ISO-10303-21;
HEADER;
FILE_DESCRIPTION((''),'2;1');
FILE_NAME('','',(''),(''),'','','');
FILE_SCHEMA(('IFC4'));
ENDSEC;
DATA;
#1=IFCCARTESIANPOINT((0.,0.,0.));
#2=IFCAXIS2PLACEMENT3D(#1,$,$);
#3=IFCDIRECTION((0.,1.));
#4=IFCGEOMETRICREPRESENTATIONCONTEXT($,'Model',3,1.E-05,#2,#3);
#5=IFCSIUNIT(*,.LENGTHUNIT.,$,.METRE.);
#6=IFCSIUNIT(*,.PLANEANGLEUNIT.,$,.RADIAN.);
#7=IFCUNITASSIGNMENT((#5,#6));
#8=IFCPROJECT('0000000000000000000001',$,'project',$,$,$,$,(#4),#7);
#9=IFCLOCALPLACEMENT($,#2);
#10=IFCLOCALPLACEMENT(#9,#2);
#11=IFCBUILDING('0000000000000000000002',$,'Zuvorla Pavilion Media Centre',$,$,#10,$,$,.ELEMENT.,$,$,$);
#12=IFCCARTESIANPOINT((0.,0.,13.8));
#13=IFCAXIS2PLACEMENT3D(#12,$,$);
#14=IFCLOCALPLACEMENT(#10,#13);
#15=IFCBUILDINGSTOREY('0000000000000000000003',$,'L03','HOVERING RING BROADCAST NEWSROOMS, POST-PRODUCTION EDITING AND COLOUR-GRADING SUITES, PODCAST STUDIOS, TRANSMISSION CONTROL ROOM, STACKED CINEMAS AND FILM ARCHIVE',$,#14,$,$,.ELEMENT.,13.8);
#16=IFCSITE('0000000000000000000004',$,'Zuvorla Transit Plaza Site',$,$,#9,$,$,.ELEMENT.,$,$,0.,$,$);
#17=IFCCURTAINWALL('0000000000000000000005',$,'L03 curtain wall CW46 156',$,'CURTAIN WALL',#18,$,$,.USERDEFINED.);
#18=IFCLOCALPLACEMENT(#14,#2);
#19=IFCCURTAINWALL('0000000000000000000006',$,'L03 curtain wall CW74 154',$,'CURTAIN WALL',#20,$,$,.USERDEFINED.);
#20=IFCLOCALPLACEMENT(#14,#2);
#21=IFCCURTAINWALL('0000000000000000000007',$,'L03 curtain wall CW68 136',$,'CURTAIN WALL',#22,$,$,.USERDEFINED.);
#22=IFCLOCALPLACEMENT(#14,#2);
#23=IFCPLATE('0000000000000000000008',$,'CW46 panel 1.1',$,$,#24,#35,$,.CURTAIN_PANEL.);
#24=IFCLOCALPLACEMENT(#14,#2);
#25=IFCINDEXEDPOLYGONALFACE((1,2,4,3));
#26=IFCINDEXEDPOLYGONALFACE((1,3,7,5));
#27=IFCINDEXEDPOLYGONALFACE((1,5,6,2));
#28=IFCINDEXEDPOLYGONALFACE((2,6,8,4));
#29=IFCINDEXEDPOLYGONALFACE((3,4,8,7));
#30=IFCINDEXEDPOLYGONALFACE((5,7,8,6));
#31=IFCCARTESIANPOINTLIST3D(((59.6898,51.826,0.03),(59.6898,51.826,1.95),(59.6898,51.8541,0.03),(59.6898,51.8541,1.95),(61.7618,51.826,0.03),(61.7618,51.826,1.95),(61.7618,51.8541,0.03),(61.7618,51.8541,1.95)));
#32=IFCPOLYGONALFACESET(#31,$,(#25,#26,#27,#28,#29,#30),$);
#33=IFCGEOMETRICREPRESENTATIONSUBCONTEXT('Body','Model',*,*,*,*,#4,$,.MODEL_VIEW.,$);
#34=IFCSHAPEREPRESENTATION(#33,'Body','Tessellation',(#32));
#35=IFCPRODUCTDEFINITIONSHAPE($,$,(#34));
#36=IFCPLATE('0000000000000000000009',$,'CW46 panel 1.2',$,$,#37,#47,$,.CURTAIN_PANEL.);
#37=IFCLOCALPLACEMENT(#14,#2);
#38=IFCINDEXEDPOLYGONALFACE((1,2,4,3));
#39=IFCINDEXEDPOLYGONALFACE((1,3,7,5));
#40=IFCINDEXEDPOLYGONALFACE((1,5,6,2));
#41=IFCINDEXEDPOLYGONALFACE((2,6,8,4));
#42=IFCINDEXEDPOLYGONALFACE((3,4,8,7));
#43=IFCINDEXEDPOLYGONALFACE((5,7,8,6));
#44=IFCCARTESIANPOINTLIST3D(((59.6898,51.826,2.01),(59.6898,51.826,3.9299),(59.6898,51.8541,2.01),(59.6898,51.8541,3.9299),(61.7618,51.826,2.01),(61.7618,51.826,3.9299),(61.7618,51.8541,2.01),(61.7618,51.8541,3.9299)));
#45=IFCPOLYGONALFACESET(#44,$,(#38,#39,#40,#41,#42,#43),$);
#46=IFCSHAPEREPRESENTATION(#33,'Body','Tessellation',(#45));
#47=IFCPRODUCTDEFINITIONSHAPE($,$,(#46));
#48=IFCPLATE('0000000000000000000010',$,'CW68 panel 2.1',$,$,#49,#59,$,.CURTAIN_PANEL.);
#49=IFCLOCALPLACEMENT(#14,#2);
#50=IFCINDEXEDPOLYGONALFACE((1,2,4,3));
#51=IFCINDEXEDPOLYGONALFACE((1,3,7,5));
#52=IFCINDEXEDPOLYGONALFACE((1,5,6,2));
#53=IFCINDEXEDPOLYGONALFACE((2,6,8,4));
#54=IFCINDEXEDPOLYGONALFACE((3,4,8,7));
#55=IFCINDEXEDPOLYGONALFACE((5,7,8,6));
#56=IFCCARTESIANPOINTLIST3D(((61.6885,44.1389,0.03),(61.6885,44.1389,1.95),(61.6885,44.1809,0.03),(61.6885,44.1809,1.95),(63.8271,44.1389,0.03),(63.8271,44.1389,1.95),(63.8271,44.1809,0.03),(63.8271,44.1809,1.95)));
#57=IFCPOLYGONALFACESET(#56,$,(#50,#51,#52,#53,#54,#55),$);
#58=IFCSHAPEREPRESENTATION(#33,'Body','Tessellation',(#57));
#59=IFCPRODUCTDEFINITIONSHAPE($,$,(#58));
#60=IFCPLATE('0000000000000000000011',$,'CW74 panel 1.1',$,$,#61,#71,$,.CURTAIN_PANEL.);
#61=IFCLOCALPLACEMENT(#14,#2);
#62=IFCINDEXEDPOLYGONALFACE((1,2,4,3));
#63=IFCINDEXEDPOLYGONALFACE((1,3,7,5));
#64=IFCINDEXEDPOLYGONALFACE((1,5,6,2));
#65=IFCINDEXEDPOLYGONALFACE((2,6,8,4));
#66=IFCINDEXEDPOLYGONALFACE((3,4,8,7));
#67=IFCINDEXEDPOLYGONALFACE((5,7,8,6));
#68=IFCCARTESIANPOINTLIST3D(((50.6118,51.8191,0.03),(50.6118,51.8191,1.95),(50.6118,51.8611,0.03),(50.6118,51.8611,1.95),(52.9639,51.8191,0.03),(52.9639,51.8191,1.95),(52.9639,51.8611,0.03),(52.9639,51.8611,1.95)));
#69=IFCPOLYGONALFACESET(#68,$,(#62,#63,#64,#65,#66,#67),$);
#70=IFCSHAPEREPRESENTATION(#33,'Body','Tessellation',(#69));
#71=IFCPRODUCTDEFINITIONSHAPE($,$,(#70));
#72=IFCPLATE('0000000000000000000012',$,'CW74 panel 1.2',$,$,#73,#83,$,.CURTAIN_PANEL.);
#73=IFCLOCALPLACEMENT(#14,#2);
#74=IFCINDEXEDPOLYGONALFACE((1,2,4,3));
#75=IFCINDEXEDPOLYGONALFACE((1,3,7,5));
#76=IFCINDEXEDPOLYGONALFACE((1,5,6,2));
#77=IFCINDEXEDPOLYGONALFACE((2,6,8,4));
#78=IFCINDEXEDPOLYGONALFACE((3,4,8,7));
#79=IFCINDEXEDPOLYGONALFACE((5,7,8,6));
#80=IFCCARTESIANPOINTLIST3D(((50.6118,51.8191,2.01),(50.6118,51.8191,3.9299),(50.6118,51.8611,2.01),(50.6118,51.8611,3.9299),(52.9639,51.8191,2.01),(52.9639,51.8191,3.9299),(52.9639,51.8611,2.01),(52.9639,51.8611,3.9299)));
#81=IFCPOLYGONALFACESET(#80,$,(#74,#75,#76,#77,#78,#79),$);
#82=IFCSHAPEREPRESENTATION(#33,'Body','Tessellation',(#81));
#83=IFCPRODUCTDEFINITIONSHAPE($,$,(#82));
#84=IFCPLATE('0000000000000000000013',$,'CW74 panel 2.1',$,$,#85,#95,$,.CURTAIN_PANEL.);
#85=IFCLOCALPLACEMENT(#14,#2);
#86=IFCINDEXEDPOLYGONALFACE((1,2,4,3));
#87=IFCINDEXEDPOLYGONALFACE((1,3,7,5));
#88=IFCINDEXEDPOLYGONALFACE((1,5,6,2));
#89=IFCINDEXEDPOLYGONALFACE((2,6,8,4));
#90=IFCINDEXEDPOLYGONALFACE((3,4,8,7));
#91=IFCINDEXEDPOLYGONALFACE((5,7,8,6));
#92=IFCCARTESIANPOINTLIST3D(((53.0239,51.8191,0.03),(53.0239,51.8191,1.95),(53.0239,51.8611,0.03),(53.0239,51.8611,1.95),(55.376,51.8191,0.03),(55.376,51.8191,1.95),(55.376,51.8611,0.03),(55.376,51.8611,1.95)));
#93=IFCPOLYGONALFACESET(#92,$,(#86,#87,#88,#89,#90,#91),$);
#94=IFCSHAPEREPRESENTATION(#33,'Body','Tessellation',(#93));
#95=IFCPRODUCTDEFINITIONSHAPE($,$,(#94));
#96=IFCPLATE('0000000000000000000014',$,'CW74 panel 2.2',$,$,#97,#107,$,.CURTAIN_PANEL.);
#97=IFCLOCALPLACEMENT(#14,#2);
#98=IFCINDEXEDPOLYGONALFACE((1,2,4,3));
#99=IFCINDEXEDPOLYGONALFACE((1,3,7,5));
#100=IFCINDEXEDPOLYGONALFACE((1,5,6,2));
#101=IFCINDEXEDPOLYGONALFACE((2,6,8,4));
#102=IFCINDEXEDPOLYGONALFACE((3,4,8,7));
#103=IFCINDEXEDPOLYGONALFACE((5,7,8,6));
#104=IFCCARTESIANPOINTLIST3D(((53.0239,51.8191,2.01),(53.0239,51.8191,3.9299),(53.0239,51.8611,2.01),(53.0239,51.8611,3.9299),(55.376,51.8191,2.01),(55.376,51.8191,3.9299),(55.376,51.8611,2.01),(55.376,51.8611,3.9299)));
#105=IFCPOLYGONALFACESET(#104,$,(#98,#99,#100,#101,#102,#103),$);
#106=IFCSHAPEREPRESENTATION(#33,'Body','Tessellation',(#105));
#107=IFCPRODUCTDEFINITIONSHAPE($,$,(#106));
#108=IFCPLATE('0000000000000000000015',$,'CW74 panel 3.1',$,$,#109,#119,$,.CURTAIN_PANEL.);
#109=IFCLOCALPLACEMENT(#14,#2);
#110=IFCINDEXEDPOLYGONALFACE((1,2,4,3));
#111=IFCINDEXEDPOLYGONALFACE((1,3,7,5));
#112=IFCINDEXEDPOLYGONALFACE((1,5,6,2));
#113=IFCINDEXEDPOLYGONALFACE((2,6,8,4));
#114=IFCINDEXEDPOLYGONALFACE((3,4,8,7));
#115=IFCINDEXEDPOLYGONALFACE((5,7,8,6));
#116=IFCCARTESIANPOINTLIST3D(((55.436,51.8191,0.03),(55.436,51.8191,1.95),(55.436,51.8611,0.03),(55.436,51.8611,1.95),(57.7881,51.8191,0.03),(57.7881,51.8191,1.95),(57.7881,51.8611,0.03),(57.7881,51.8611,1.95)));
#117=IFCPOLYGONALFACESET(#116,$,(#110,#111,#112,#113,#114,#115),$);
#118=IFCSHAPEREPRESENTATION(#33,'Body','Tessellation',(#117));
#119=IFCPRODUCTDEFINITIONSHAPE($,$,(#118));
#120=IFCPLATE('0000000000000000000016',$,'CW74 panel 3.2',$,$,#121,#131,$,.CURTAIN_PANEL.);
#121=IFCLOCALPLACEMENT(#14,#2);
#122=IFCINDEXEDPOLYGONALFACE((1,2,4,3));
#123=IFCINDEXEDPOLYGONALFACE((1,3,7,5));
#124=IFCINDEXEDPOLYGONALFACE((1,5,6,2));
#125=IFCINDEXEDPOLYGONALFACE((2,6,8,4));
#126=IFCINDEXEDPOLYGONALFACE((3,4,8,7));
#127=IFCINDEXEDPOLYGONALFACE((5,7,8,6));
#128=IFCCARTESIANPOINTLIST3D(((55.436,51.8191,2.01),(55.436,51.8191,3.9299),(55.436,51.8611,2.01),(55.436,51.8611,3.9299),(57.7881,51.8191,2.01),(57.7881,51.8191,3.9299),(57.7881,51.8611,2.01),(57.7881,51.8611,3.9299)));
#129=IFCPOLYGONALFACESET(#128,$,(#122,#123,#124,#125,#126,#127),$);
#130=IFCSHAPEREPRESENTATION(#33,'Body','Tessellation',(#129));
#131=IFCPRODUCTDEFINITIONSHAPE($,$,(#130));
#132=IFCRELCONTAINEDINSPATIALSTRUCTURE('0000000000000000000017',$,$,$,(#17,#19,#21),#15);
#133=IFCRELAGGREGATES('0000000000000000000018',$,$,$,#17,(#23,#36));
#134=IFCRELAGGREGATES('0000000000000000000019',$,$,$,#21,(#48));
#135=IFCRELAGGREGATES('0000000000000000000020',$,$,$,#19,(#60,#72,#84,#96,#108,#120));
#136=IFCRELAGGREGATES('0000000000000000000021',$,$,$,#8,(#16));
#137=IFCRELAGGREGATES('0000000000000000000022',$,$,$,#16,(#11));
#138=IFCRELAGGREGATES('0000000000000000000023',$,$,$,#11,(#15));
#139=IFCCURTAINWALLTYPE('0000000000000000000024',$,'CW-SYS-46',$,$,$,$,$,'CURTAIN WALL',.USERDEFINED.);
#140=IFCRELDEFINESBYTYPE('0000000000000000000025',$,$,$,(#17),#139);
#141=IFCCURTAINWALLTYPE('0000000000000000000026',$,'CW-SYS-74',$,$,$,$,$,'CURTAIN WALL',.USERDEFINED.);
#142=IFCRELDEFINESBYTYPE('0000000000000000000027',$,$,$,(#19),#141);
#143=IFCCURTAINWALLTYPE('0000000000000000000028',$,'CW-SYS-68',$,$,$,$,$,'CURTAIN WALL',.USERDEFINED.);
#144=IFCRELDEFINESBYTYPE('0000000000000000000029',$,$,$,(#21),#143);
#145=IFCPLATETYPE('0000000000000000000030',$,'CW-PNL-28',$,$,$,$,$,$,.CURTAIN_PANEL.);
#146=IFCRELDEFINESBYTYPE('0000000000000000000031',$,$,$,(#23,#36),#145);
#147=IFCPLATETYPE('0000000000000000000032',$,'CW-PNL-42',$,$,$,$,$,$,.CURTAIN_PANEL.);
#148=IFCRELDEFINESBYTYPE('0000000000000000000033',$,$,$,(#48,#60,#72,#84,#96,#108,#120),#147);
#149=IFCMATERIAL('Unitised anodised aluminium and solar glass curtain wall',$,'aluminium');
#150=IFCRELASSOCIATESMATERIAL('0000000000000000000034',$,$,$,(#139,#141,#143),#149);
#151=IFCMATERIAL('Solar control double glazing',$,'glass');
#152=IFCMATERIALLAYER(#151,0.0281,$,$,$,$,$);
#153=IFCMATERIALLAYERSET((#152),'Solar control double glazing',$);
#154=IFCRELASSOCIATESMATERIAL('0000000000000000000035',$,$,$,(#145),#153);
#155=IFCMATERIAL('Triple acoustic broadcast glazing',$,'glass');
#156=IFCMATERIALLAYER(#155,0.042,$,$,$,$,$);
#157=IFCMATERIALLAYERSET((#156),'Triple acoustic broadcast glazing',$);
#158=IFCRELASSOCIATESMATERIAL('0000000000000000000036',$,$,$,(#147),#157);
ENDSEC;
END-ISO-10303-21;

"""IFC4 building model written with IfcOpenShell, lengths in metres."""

from ifc_helpers import new_model, si_unit, direction, frame, origin, origin_2d, place, context, subcontext, project, spatial, rectangle, extrude, material, layer, layer_set, type_object, element, aggregate, save


model = new_model("IFC4")

# Units and contexts
model_context = context("Model", 3, precision=1e-05, world=origin(), true_north=direction((0.0, 1.0)))
body_context = subcontext(model_context, "Body", "Model", "MODEL_VIEW")
ifc_project = project(units=[si_unit("LENGTHUNIT", "METRE"), si_unit("PLANEANGLEUNIT", "RADIAN")], contexts=[model_context])

# Site, building, storey
site_placement = place(None, origin())
site = spatial("IfcSite", under=ifc_project, at=site_placement, Name="Zuvorla Transit Plaza Site", CompositionType="ELEMENT", RefElevation=0.0)
building_placement = place(site_placement, origin())
building = spatial("IfcBuilding", under=site, at=building_placement, Name="Zuvorla Pavilion Media Centre", CompositionType="ELEMENT")
storey_placement = place(building_placement, frame((0.0, 0.0, 13.8)))
storey = spatial("IfcBuildingStorey", under=building, at=storey_placement, Name="L03", Description="HOVERING RING BROADCAST NEWSROOMS, POST-PRODUCTION EDITING AND COLOUR-GRADING SUITES, PODCAST STUDIOS, TRANSMISSION CONTROL ROOM, STACKED CINEMAS AND FILM ARCHIVE", CompositionType="ELEMENT", Elevation=13.8)

# Curtain walls
ifc_material_1 = material(Name="Unitised anodised aluminium and solar glass curtain wall", Category="aluminium")
curtain_wall_type_1 = type_object("IfcCurtainWallType", Name="CW-SYS-46", ElementType="CURTAIN WALL", PredefinedType="USERDEFINED", material=ifc_material_1)
curtain_wall_1_placement = place(storey_placement, origin())
curtain_wall_1 = element("IfcCurtainWall", 1, at=curtain_wall_1_placement, inside=storey, type_object=curtain_wall_type_1, Name="L03 curtain wall CW46 156", ObjectType="CURTAIN WALL", PredefinedType="USERDEFINED")
curtain_wall_type_2 = type_object("IfcCurtainWallType", Name="CW-SYS-74", ElementType="CURTAIN WALL", PredefinedType="USERDEFINED", material=ifc_material_1)
curtain_wall_2_placement = place(storey_placement, origin())
curtain_wall_2 = element("IfcCurtainWall", 2, at=curtain_wall_2_placement, inside=storey, type_object=curtain_wall_type_2, Name="L03 curtain wall CW74 154", ObjectType="CURTAIN WALL", PredefinedType="USERDEFINED")

# Curtain wall
curtain_wall_type_3 = type_object("IfcCurtainWallType", Name="CW-SYS-68", ElementType="CURTAIN WALL", PredefinedType="USERDEFINED", material=ifc_material_1)
curtain_wall_3_placement = place(storey_placement, origin())
curtain_wall_3 = element("IfcCurtainWall", 3, at=curtain_wall_3_placement, inside=storey, type_object=curtain_wall_type_3, Name="L03 curtain wall CW68 136", ObjectType="CURTAIN WALL", PredefinedType="USERDEFINED")

# Plates
ifc_material_2 = material(Name="Solar control double glazing", Category="glass")
ifc_layer_1 = layer(ifc_material_2, 0.0281)
ifc_layer_set_1 = layer_set([ifc_layer_1], Name="Solar control double glazing")
plate_type_1 = type_object("IfcPlateType", Name="CW-PNL-28", PredefinedType="CURTAIN_PANEL", material=ifc_layer_set_1)
plate_1_placement = place(storey_placement, frame((60.7258, 51.8401, 0.03), z_axis=(0.0, 0.0, 1.0), x_axis=(1.0, 0.0, 0.0)))
plate_1 = element("IfcPlate", 4, at=plate_1_placement, type_object=plate_type_1, Name="CW46 panel 1.1", PredefinedType="CURTAIN_PANEL", context=body_context, shape_type="SweptSolid", body=[
    extrude(rectangle(XDim=2.072, YDim=0.0281, at=origin_2d()), origin(), (0.0, 0.0, 1.0), 1.9199),
])
plate_2_placement = place(storey_placement, frame((60.7258, 51.8401, 2.01), z_axis=(0.0, 0.0, 1.0), x_axis=(1.0, 0.0, 0.0)))
plate_2 = element("IfcPlate", 5, at=plate_2_placement, type_object=plate_type_1, Name="CW46 panel 1.2", PredefinedType="CURTAIN_PANEL", context=body_context, shape_type="SweptSolid", body=[
    extrude(rectangle(XDim=2.072, YDim=0.0281, at=origin_2d()), origin(), (0.0, 0.0, 1.0), 1.9199),
])
aggregate(curtain_wall_1, [plate_1, plate_2])
ifc_material_3 = material(Name="Triple acoustic broadcast glazing", Category="glass")
ifc_layer_2 = layer(ifc_material_3, 0.042)
ifc_layer_set_2 = layer_set([ifc_layer_2], Name="Triple acoustic broadcast glazing")
plate_type_2 = type_object("IfcPlateType", Name="CW-PNL-42", PredefinedType="CURTAIN_PANEL", material=ifc_layer_set_2)
plate_3_placement = place(storey_placement, frame((62.7578, 44.1599, 0.03), z_axis=(0.0, 0.0, 1.0), x_axis=(1.0, 0.0, 0.0)))
plate_3 = element("IfcPlate", 6, at=plate_3_placement, type_object=plate_type_2, Name="CW68 panel 2.1", PredefinedType="CURTAIN_PANEL", context=body_context, shape_type="SweptSolid", body=[
    extrude(rectangle(XDim=2.1387, YDim=0.042, at=origin_2d()), origin(), (0.0, 0.0, 1.0), 1.9199),
])
aggregate(curtain_wall_3, [plate_3])
plate_4_placement = place(storey_placement, frame((51.7878, 51.8401, 0.03), z_axis=(0.0, 0.0, 1.0), x_axis=(1.0, 0.0, 0.0)))
plate_4 = element("IfcPlate", 7, at=plate_4_placement, type_object=plate_type_2, Name="CW74 panel 1.1", PredefinedType="CURTAIN_PANEL", context=body_context, shape_type="SweptSolid", body=[
    extrude(rectangle(XDim=2.3521, YDim=0.042, at=origin_2d()), origin(), (0.0, 0.0, 1.0), 1.9199),
])
plate_5_placement = place(storey_placement, frame((51.7878, 51.8401, 2.01), z_axis=(0.0, 0.0, 1.0), x_axis=(1.0, 0.0, 0.0)))
plate_5 = element("IfcPlate", 8, at=plate_5_placement, type_object=plate_type_2, Name="CW74 panel 1.2", PredefinedType="CURTAIN_PANEL", context=body_context, shape_type="SweptSolid", body=[
    extrude(rectangle(XDim=2.3521, YDim=0.042, at=origin_2d()), origin(), (0.0, 0.0, 1.0), 1.9199),
])
plate_6_placement = place(storey_placement, frame((54.2, 51.8401, 0.03), z_axis=(0.0, 0.0, 1.0), x_axis=(1.0, 0.0, 0.0)))
plate_6 = element("IfcPlate", 9, at=plate_6_placement, type_object=plate_type_2, Name="CW74 panel 2.1", PredefinedType="CURTAIN_PANEL", context=body_context, shape_type="SweptSolid", body=[
    extrude(rectangle(XDim=2.3521, YDim=0.042, at=origin_2d()), origin(), (0.0, 0.0, 1.0), 1.9199),
])
plate_7_placement = place(storey_placement, frame((54.2, 51.8401, 2.01), z_axis=(0.0, 0.0, 1.0), x_axis=(1.0, 0.0, 0.0)))
plate_7 = element("IfcPlate", 10, at=plate_7_placement, type_object=plate_type_2, Name="CW74 panel 2.2", PredefinedType="CURTAIN_PANEL", context=body_context, shape_type="SweptSolid", body=[
    extrude(rectangle(XDim=2.3521, YDim=0.042, at=origin_2d()), origin(), (0.0, 0.0, 1.0), 1.9199),
])
plate_8_placement = place(storey_placement, frame((56.6121, 51.8401, 0.03), z_axis=(0.0, 0.0, 1.0), x_axis=(1.0, 0.0, 0.0)))
plate_8 = element("IfcPlate", 11, at=plate_8_placement, type_object=plate_type_2, Name="CW74 panel 3.1", PredefinedType="CURTAIN_PANEL", context=body_context, shape_type="SweptSolid", body=[
    extrude(rectangle(XDim=2.3521, YDim=0.042, at=origin_2d()), origin(), (0.0, 0.0, 1.0), 1.9199),
])
plate_9_placement = place(storey_placement, frame((56.6121, 51.8401, 2.01), z_axis=(0.0, 0.0, 1.0), x_axis=(1.0, 0.0, 0.0)))
plate_9 = element("IfcPlate", 12, at=plate_9_placement, type_object=plate_type_2, Name="CW74 panel 3.2", PredefinedType="CURTAIN_PANEL", context=body_context, shape_type="SweptSolid", body=[
    extrude(rectangle(XDim=2.3521, YDim=0.042, at=origin_2d()), origin(), (0.0, 0.0, 1.0), 1.9199),
])
aggregate(curtain_wall_2, [plate_4, plate_5, plate_6, plate_7, plate_8, plate_9])

save(model, "model.ifc")
